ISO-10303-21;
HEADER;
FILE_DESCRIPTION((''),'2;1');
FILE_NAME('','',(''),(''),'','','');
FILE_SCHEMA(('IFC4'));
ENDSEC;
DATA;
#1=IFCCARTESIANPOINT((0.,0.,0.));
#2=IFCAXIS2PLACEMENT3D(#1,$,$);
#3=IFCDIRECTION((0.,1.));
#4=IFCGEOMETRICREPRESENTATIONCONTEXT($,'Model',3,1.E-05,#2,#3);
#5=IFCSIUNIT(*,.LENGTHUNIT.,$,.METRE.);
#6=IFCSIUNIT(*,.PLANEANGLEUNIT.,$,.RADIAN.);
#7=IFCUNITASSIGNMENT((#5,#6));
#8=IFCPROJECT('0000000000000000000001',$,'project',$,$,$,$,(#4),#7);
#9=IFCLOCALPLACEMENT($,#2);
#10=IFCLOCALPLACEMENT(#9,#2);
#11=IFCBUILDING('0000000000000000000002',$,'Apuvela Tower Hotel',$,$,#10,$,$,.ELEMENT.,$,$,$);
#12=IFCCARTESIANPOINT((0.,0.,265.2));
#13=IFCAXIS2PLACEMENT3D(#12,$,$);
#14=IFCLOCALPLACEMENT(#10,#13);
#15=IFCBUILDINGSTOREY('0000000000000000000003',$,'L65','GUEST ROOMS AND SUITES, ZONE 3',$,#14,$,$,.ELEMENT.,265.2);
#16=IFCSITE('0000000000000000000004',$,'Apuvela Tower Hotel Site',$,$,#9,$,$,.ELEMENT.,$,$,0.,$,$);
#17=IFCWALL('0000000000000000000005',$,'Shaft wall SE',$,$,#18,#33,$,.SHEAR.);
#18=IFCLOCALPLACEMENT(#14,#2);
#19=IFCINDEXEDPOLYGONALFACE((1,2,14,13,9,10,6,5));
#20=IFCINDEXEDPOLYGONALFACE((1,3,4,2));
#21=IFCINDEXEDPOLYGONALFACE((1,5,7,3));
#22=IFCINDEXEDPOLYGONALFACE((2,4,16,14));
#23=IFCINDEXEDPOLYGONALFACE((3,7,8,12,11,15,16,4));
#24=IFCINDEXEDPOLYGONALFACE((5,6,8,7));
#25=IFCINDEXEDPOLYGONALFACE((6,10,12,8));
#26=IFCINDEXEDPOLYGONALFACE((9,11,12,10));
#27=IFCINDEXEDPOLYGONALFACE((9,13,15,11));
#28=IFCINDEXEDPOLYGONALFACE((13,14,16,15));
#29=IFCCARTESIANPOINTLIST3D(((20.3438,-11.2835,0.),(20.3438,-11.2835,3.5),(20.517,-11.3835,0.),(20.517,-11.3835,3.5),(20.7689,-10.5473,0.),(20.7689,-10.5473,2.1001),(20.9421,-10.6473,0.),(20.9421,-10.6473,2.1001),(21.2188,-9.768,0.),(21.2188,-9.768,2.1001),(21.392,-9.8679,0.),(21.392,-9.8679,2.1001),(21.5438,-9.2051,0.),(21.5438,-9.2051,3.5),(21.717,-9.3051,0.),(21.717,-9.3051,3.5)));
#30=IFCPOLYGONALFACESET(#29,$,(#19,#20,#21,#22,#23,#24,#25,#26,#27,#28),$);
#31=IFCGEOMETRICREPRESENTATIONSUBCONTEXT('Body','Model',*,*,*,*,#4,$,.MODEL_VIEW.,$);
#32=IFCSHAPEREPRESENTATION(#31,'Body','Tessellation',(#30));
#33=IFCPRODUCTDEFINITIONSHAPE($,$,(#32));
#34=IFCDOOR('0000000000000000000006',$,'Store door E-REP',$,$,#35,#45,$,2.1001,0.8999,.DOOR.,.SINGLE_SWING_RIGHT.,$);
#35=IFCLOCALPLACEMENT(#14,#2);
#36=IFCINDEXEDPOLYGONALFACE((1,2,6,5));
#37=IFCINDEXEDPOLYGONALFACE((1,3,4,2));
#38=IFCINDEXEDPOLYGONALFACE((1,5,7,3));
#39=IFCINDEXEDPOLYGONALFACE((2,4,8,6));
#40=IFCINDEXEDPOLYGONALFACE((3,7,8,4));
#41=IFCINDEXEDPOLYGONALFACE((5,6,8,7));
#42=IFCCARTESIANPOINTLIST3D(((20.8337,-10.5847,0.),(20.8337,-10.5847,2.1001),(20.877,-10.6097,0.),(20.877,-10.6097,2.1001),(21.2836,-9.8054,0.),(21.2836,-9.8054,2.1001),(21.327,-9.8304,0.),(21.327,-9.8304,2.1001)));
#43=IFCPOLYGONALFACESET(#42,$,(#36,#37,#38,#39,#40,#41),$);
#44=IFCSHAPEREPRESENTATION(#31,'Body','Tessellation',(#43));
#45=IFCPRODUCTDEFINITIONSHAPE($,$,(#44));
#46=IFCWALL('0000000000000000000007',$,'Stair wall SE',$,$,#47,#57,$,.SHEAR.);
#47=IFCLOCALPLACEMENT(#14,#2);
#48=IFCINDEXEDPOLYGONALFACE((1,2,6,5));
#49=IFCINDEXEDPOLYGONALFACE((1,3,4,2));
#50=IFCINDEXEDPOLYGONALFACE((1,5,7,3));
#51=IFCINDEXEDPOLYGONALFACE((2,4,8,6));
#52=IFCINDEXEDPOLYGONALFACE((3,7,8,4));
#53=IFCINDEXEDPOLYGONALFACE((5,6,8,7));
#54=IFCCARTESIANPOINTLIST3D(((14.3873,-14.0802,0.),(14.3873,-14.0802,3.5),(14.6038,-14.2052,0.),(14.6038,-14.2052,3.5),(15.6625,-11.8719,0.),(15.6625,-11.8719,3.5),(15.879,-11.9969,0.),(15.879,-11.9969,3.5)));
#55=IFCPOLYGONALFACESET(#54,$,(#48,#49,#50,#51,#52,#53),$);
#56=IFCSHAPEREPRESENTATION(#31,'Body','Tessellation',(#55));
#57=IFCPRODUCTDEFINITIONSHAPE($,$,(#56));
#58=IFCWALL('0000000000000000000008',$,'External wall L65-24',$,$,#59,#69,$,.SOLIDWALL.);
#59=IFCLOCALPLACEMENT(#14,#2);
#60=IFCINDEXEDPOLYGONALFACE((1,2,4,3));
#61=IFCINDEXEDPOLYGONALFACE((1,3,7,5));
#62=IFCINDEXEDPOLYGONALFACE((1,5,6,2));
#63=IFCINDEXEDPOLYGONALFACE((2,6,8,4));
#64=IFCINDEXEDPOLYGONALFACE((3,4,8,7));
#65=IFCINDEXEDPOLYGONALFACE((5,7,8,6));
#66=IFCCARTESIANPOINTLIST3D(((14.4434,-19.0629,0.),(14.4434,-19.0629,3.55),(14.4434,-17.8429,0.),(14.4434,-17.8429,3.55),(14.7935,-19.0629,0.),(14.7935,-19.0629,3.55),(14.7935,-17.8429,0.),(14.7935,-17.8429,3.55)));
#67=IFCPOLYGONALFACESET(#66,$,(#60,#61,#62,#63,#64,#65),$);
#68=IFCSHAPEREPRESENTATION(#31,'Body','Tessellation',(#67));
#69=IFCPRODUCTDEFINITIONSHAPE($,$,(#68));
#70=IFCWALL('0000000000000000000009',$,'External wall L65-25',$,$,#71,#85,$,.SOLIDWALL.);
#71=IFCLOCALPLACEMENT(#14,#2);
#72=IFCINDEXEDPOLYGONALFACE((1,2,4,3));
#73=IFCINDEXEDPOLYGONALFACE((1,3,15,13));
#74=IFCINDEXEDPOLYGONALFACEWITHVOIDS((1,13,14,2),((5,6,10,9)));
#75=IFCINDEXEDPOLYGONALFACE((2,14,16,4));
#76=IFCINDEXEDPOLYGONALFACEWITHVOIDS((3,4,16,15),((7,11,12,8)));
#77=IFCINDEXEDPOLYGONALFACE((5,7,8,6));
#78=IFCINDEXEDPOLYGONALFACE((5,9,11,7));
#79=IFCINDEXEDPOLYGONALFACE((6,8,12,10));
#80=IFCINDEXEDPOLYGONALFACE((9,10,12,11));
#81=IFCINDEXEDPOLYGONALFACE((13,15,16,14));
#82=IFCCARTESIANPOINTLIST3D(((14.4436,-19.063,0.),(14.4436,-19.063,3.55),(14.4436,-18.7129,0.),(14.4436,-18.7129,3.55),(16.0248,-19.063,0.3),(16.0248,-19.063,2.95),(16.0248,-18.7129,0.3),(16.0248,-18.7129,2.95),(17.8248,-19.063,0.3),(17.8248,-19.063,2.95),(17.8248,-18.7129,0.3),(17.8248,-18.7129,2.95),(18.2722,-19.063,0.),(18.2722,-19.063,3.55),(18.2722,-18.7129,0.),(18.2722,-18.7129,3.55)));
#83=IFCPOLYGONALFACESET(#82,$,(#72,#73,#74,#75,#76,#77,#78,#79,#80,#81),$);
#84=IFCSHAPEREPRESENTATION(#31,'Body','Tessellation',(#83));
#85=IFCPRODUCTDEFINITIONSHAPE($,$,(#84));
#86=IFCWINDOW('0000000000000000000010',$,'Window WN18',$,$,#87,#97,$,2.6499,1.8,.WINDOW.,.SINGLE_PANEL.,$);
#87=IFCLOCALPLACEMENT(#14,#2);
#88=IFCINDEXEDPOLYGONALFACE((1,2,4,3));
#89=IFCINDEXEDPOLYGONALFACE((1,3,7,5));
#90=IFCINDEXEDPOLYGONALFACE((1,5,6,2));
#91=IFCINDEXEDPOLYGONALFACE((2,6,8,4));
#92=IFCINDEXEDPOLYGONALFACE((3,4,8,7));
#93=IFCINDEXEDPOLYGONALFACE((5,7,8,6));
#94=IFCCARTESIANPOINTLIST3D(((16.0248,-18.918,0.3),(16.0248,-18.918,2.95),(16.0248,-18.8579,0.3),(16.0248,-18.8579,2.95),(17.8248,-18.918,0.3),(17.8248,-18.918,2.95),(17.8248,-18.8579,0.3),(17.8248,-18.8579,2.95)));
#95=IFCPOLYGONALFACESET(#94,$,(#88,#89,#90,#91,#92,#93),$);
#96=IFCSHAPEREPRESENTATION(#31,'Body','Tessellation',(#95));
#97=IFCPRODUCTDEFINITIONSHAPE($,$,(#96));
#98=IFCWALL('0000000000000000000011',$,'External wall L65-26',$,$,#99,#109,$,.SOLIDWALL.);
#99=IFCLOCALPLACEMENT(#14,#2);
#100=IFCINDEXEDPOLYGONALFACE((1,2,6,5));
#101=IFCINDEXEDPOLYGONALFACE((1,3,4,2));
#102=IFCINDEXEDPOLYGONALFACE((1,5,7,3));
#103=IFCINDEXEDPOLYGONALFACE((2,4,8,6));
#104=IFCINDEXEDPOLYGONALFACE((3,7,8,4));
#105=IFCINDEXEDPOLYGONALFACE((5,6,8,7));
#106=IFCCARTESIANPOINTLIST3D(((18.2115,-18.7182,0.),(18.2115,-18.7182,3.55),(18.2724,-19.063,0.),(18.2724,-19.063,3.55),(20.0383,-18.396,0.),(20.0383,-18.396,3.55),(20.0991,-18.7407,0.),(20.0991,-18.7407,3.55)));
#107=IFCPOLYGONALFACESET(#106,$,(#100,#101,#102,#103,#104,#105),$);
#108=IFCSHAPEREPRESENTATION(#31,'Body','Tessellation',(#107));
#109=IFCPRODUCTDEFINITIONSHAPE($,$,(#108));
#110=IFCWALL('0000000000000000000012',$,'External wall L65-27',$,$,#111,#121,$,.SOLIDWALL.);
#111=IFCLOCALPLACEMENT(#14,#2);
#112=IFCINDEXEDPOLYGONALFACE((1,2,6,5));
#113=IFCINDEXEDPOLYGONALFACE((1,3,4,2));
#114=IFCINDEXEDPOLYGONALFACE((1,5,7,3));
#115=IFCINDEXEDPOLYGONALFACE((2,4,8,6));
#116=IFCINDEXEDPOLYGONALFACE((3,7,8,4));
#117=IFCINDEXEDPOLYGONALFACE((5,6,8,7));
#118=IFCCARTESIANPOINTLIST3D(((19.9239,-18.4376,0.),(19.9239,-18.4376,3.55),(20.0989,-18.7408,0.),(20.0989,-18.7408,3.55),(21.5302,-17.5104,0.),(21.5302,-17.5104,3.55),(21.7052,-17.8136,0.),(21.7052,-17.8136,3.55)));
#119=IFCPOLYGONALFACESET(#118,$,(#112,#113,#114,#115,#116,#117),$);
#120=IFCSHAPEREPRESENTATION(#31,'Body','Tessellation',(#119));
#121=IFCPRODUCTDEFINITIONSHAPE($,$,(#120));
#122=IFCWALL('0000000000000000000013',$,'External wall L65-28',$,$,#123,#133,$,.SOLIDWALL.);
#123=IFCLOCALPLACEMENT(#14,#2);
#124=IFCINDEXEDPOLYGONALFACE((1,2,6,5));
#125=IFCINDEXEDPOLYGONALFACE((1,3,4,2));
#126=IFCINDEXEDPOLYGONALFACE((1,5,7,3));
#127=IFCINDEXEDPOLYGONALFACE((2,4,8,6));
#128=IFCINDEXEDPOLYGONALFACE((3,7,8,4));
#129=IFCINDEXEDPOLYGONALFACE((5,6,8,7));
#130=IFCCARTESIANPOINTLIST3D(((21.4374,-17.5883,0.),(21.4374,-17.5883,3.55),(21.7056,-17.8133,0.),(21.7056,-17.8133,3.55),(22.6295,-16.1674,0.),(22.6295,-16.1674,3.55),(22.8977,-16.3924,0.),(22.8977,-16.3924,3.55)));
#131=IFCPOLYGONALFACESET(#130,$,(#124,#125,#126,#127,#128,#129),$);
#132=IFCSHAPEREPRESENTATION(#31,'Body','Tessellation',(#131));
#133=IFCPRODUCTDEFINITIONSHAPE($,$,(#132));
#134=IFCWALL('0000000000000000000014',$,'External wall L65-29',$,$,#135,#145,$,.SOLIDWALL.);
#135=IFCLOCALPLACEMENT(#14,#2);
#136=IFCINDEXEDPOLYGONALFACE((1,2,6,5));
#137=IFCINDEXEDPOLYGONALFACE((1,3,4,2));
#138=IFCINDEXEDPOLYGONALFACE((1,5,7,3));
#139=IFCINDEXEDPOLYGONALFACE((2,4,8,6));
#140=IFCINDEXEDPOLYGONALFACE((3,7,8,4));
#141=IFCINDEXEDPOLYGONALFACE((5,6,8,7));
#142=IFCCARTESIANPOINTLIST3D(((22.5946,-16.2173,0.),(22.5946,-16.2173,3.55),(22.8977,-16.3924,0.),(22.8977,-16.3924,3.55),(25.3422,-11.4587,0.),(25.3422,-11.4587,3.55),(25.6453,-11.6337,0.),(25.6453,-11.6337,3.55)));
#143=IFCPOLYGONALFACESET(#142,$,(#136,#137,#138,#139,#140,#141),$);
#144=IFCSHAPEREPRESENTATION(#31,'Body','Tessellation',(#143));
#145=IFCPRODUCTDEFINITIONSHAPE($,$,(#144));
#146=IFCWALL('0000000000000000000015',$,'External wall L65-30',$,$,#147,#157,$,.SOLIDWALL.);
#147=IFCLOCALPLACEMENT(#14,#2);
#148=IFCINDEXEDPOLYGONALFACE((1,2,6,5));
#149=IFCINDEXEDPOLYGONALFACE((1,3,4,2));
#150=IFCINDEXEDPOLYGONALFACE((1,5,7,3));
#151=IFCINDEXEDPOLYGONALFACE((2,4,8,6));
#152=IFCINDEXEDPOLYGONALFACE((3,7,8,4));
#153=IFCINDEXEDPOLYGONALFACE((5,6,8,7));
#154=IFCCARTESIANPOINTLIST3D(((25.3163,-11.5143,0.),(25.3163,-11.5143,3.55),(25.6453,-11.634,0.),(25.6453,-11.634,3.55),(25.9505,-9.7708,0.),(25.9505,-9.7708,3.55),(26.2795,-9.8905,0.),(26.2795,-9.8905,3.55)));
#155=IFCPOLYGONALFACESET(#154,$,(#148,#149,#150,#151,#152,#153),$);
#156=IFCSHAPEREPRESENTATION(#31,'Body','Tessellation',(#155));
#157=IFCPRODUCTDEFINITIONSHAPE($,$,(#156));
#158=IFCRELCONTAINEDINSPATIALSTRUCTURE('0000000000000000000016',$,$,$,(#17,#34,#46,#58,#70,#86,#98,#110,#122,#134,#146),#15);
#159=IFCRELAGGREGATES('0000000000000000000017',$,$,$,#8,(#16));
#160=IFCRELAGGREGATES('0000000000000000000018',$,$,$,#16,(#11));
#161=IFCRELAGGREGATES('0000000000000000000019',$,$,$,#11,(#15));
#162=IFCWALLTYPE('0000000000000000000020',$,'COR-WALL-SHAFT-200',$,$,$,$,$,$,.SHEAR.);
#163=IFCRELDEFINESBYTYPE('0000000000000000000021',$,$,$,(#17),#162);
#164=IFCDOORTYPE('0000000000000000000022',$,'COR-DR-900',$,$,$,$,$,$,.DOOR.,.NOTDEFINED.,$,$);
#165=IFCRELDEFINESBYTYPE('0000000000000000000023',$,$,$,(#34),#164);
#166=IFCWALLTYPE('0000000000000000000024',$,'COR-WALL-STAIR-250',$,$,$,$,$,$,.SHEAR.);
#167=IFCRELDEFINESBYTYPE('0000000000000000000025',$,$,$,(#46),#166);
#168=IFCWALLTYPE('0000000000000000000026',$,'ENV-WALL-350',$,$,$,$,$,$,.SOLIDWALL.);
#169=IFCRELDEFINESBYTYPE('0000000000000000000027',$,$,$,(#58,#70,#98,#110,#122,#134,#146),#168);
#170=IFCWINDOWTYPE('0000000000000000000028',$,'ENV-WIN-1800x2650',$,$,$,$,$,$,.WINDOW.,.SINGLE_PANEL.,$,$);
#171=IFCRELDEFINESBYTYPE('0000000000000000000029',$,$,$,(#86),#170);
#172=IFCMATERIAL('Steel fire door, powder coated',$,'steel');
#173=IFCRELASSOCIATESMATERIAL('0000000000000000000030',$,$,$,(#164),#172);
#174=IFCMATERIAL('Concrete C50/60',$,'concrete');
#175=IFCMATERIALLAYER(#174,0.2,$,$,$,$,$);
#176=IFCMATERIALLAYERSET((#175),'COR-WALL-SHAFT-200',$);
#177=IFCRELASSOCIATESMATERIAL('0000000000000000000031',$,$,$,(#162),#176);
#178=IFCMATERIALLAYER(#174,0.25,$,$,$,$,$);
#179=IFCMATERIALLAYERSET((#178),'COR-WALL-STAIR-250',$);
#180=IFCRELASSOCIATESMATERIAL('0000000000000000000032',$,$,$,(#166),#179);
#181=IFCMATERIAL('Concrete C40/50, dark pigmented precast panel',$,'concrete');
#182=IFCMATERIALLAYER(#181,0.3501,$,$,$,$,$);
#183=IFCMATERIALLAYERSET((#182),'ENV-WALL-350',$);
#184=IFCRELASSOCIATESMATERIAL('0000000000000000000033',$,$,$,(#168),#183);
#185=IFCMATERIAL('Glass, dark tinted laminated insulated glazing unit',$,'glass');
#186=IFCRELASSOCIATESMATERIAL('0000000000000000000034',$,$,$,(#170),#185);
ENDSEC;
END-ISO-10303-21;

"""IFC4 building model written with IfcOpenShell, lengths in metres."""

from ifc_helpers import new_model, si_unit, direction, frame, frame_2d, origin, place, context, subcontext, project, spatial, rectangle, extrude, material, layer, layer_set, type_object, element, fill, save


model = new_model("IFC4")

# Units and contexts
model_context = context("Model", 3, precision=1e-05, world=origin(), true_north=direction((0.0, 1.0)))
body_context = subcontext(model_context, "Body", "Model", "MODEL_VIEW")
ifc_project = project(units=[si_unit("LENGTHUNIT", "METRE"), si_unit("PLANEANGLEUNIT", "RADIAN")], contexts=[model_context])

# Site, building, storey
site_placement = place(None, origin())
site = spatial("IfcSite", under=ifc_project, at=site_placement, Name="Apuvela Tower Hotel Site", CompositionType="ELEMENT", RefElevation=0.0)
building_placement = place(site_placement, origin())
building = spatial("IfcBuilding", under=site, at=building_placement, Name="Apuvela Tower Hotel", CompositionType="ELEMENT")
storey_placement = place(building_placement, frame((0.0, 0.0, 265.2)))
storey = spatial("IfcBuildingStorey", under=building, at=storey_placement, Name="L65", Description="GUEST ROOMS AND SUITES, ZONE 3", CompositionType="ELEMENT", Elevation=265.2)

# Shared definitions
ifc_material_1 = material(Name="Steel fire door, powder coated", Category="steel")
door_type_1 = type_object("IfcDoorType", Name="COR-DR-900", OperationType="NOTDEFINED", PredefinedType="DOOR", material=ifc_material_1)

# Shared definitions
ifc_material_2 = material(Name="Concrete C50/60", Category="concrete")
ifc_layer_1 = layer(ifc_material_2, 0.2)
ifc_layer_set_1 = layer_set([ifc_layer_1], Name="COR-WALL-SHAFT-200")
wall_type_1 = type_object("IfcWallType", Name="COR-WALL-SHAFT-200", PredefinedType="SHEAR", material=ifc_layer_set_1)

# Wall, opening, door
wall_1_placement = place(storey_placement, frame((20.4304, -11.3335, 0.0), z_axis=(0.0, 0.0, 1.0), x_axis=(0.500001, 0.866025, 0.0)))
wall_1 = element("IfcWall", 1, at=wall_1_placement, inside=storey, type_object=wall_type_1, Name="Shaft wall SE", PredefinedType="SHEAR", context=body_context, shape_type="SweptSolid", body=[
    extrude(rectangle(XDim=2.3999, YDim=0.2, at=frame_2d((1.2, 0.0))), origin(), (0.0, 0.0, 1.0), 3.5),
])
opening_1_placement = place(wall_1_placement, frame((0.8501, 0.0, 0.0)))
opening_1 = element("IfcOpeningElement", 2, at=opening_1_placement, cuts=wall_1, PredefinedType="OPENING", context=body_context, shape_type="SweptSolid", body=[
    extrude(rectangle(XDim=0.8999, YDim=2.1001, at=frame_2d((0.45, 1.05))), frame((0.0, 0.1099, 0.0), z_axis=(0.0, -1.0, 0.0), x_axis=(1.0, 0.0, 0.0)), (0.0, 0.0, 1.0), 0.22),
])
door_1_placement = place(opening_1_placement, frame((0.8999, 0.0, 0.0), z_axis=(0.0, 0.0, 1.0), x_axis=(-1.0, 0.0, 0.0)))
door_1 = element("IfcDoor", 3, at=door_1_placement, inside=storey, type_object=door_type_1, Name="Store door E-REP", OperationType="SINGLE_SWING_RIGHT", OverallHeight=2.1001, OverallWidth=0.8999, PredefinedType="DOOR", context=body_context, shape_type="SweptSolid", body=[
    extrude(rectangle(XDim=0.8999, YDim=2.1001, at=frame_2d((0.45, 1.05))), frame((0.0, 0.0249, 0.0), z_axis=(0.0, -1.0, 0.0), x_axis=(1.0, 0.0, 0.0)), (0.0, 0.0, 1.0), 0.05),
])
fill(opening_1, door_1)

# Walls
ifc_layer_2 = layer(ifc_material_2, 0.25)
ifc_layer_set_2 = layer_set([ifc_layer_2], Name="COR-WALL-STAIR-250")
wall_type_2 = type_object("IfcWallType", Name="COR-WALL-STAIR-250", PredefinedType="SHEAR", material=ifc_layer_set_2)
wall_2_placement = place(storey_placement, frame((14.4956, -14.1426, 0.0), z_axis=(0.0, 0.0, 1.0), x_axis=(0.500062, 0.865989, 0.0)))
element("IfcWall", 4, at=wall_2_placement, inside=storey, type_object=wall_type_2, Name="Stair wall SE", PredefinedType="SHEAR", context=body_context, shape_type="SweptSolid", body=[
    extrude(rectangle(XDim=2.55, YDim=0.25, at=frame_2d((1.2749, 0.0))), origin(), (0.0, 0.0, 1.0), 3.5),
])
ifc_material_3 = material(Name="Concrete C40/50, dark pigmented precast panel", Category="concrete")
ifc_layer_3 = layer(ifc_material_3, 0.3501)
ifc_layer_set_3 = layer_set([ifc_layer_3], Name="ENV-WALL-350")
wall_type_3 = type_object("IfcWallType", Name="ENV-WALL-350", PredefinedType="SOLIDWALL", material=ifc_layer_set_3)
wall_3_placement = place(storey_placement, frame((14.6184, -17.843, 0.0), z_axis=(0.0, 0.0, 1.0), x_axis=(0.0, -1.0, 0.0)))
element("IfcWall", 5, at=wall_3_placement, inside=storey, type_object=wall_type_3, Name="External wall L65-24", PredefinedType="SOLIDWALL", context=body_context, shape_type="SweptSolid", body=[
    extrude(rectangle(XDim=1.22, YDim=0.3501, at=frame_2d((0.6099, 0.0))), origin(), (0.0, 0.0, 1.0), 3.55),
])

# Wall, opening, window
wall_4_placement = place(storey_placement, frame((14.4436, -18.8879, 0.0), z_axis=(0.0, 0.0, 1.0), x_axis=(1.0, 0.0, 0.0)))
wall_4 = element("IfcWall", 6, at=wall_4_placement, inside=storey, type_object=wall_type_3, Name="External wall L65-25", PredefinedType="SOLIDWALL", context=body_context, shape_type="SweptSolid", body=[
    extrude(rectangle(XDim=3.8286, YDim=0.3501, at=frame_2d((1.9143, 0.0))), origin(), (0.0, 0.0, 1.0), 3.55),
])
opening_2_placement = place(wall_4_placement, frame((1.5813, 0.0, 0.3)))
opening_2 = element("IfcOpeningElement", 7, at=opening_2_placement, cuts=wall_4, PredefinedType="OPENING", context=body_context, shape_type="SweptSolid", body=[
    extrude(rectangle(XDim=1.8, YDim=2.6499, at=frame_2d((0.8999, 1.325))), frame((0.0, 0.1851, 0.0), z_axis=(0.0, -1.0, 0.0), x_axis=(1.0, 0.0, 0.0)), (0.0, 0.0, 1.0), 0.3701),
])
ifc_material_4 = material(Name="Glass, dark tinted laminated insulated glazing unit", Category="glass")
window_type = type_object("IfcWindowType", Name="ENV-WIN-1800x2650", PartitioningType="SINGLE_PANEL", PredefinedType="WINDOW", material=ifc_material_4)
window_placement = place(opening_2_placement, origin())
window = element("IfcWindow", 8, at=window_placement, inside=storey, type_object=window_type, Name="Window WN18", OverallHeight=2.6499, OverallWidth=1.8, PartitioningType="SINGLE_PANEL", PredefinedType="WINDOW", context=body_context, shape_type="SweptSolid", body=[
    extrude(rectangle(XDim=1.8, YDim=2.6499, at=frame_2d((0.8999, 1.325))), frame((0.0, 0.03, 0.0), z_axis=(0.0, -1.0, 0.0), x_axis=(1.0, 0.0, 0.0)), (0.0, 0.0, 1.0), 0.0601),
])
fill(opening_2, window)

# Walls
wall_5_placement = place(storey_placement, frame((18.2419, -18.8906, 0.0), z_axis=(0.0, 0.0, 1.0), x_axis=(0.984792, 0.17374, 0.0)))
element("IfcWall", 9, at=wall_5_placement, inside=storey, type_object=wall_type_3, Name="External wall L65-26", PredefinedType="SOLIDWALL", context=body_context, shape_type="SweptSolid", body=[
    extrude(rectangle(XDim=1.855, YDim=0.3501, at=frame_2d((0.9275, 0.0))), origin(), (0.0, 0.0, 1.0), 3.55),
])
for number, where, z_axis, x_axis, name in (
    (10, (20.0115, -18.5891, 0.0), (0.0, 0.0, 1.0), (0.86608, 0.499905, 0.0), "External wall L65-27"),
    (11, (21.5715, -17.7007, 0.0), (0.0, 0.0, 1.0), (0.642744, 0.766081, 0.0), "External wall L65-28"),
):
    element("IfcWall", number, at=place(storey_placement, frame(where, z_axis=z_axis, x_axis=x_axis)), inside=storey, type_object=wall_type_3, Name=name, PredefinedType="SOLIDWALL", context=body_context, shape_type="SweptSolid", body=[
        extrude(rectangle(XDim=1.8547, YDim=0.3501, at=frame_2d((0.9272, 0.0))), origin(), (0.0, 0.0, 1.0), 3.55),
    ])
wall_6_placement = place(storey_placement, frame((22.7461, -16.3049, 0.0), z_axis=(0.0, 0.0, 1.0), x_axis=(0.500029, 0.866009, 0.0)))
element("IfcWall", 12, at=wall_6_placement, inside=storey, type_object=wall_type_3, Name="External wall L65-29", PredefinedType="SOLIDWALL", context=body_context, shape_type="SweptSolid", body=[
    extrude(rectangle(XDim=5.4949, YDim=0.3501, at=frame_2d((2.7476, 0.0))), origin(), (0.0, 0.0, 1.0), 3.55),
])
wall_7_placement = place(storey_placement, frame((25.4807, -11.5742, 0.0), z_axis=(0.0, 0.0, 1.0), x_axis=(0.341891, 0.93974, 0.0)))
element("IfcWall", 13, at=wall_7_placement, inside=storey, type_object=wall_type_3, Name="External wall L65-30", PredefinedType="SOLIDWALL", context=body_context, shape_type="SweptSolid", body=[
    extrude(rectangle(XDim=1.8552, YDim=0.3501, at=frame_2d((0.9277, 0.0))), origin(), (0.0, 0.0, 1.0), 3.55),
])

save(model, "model.ifc")
